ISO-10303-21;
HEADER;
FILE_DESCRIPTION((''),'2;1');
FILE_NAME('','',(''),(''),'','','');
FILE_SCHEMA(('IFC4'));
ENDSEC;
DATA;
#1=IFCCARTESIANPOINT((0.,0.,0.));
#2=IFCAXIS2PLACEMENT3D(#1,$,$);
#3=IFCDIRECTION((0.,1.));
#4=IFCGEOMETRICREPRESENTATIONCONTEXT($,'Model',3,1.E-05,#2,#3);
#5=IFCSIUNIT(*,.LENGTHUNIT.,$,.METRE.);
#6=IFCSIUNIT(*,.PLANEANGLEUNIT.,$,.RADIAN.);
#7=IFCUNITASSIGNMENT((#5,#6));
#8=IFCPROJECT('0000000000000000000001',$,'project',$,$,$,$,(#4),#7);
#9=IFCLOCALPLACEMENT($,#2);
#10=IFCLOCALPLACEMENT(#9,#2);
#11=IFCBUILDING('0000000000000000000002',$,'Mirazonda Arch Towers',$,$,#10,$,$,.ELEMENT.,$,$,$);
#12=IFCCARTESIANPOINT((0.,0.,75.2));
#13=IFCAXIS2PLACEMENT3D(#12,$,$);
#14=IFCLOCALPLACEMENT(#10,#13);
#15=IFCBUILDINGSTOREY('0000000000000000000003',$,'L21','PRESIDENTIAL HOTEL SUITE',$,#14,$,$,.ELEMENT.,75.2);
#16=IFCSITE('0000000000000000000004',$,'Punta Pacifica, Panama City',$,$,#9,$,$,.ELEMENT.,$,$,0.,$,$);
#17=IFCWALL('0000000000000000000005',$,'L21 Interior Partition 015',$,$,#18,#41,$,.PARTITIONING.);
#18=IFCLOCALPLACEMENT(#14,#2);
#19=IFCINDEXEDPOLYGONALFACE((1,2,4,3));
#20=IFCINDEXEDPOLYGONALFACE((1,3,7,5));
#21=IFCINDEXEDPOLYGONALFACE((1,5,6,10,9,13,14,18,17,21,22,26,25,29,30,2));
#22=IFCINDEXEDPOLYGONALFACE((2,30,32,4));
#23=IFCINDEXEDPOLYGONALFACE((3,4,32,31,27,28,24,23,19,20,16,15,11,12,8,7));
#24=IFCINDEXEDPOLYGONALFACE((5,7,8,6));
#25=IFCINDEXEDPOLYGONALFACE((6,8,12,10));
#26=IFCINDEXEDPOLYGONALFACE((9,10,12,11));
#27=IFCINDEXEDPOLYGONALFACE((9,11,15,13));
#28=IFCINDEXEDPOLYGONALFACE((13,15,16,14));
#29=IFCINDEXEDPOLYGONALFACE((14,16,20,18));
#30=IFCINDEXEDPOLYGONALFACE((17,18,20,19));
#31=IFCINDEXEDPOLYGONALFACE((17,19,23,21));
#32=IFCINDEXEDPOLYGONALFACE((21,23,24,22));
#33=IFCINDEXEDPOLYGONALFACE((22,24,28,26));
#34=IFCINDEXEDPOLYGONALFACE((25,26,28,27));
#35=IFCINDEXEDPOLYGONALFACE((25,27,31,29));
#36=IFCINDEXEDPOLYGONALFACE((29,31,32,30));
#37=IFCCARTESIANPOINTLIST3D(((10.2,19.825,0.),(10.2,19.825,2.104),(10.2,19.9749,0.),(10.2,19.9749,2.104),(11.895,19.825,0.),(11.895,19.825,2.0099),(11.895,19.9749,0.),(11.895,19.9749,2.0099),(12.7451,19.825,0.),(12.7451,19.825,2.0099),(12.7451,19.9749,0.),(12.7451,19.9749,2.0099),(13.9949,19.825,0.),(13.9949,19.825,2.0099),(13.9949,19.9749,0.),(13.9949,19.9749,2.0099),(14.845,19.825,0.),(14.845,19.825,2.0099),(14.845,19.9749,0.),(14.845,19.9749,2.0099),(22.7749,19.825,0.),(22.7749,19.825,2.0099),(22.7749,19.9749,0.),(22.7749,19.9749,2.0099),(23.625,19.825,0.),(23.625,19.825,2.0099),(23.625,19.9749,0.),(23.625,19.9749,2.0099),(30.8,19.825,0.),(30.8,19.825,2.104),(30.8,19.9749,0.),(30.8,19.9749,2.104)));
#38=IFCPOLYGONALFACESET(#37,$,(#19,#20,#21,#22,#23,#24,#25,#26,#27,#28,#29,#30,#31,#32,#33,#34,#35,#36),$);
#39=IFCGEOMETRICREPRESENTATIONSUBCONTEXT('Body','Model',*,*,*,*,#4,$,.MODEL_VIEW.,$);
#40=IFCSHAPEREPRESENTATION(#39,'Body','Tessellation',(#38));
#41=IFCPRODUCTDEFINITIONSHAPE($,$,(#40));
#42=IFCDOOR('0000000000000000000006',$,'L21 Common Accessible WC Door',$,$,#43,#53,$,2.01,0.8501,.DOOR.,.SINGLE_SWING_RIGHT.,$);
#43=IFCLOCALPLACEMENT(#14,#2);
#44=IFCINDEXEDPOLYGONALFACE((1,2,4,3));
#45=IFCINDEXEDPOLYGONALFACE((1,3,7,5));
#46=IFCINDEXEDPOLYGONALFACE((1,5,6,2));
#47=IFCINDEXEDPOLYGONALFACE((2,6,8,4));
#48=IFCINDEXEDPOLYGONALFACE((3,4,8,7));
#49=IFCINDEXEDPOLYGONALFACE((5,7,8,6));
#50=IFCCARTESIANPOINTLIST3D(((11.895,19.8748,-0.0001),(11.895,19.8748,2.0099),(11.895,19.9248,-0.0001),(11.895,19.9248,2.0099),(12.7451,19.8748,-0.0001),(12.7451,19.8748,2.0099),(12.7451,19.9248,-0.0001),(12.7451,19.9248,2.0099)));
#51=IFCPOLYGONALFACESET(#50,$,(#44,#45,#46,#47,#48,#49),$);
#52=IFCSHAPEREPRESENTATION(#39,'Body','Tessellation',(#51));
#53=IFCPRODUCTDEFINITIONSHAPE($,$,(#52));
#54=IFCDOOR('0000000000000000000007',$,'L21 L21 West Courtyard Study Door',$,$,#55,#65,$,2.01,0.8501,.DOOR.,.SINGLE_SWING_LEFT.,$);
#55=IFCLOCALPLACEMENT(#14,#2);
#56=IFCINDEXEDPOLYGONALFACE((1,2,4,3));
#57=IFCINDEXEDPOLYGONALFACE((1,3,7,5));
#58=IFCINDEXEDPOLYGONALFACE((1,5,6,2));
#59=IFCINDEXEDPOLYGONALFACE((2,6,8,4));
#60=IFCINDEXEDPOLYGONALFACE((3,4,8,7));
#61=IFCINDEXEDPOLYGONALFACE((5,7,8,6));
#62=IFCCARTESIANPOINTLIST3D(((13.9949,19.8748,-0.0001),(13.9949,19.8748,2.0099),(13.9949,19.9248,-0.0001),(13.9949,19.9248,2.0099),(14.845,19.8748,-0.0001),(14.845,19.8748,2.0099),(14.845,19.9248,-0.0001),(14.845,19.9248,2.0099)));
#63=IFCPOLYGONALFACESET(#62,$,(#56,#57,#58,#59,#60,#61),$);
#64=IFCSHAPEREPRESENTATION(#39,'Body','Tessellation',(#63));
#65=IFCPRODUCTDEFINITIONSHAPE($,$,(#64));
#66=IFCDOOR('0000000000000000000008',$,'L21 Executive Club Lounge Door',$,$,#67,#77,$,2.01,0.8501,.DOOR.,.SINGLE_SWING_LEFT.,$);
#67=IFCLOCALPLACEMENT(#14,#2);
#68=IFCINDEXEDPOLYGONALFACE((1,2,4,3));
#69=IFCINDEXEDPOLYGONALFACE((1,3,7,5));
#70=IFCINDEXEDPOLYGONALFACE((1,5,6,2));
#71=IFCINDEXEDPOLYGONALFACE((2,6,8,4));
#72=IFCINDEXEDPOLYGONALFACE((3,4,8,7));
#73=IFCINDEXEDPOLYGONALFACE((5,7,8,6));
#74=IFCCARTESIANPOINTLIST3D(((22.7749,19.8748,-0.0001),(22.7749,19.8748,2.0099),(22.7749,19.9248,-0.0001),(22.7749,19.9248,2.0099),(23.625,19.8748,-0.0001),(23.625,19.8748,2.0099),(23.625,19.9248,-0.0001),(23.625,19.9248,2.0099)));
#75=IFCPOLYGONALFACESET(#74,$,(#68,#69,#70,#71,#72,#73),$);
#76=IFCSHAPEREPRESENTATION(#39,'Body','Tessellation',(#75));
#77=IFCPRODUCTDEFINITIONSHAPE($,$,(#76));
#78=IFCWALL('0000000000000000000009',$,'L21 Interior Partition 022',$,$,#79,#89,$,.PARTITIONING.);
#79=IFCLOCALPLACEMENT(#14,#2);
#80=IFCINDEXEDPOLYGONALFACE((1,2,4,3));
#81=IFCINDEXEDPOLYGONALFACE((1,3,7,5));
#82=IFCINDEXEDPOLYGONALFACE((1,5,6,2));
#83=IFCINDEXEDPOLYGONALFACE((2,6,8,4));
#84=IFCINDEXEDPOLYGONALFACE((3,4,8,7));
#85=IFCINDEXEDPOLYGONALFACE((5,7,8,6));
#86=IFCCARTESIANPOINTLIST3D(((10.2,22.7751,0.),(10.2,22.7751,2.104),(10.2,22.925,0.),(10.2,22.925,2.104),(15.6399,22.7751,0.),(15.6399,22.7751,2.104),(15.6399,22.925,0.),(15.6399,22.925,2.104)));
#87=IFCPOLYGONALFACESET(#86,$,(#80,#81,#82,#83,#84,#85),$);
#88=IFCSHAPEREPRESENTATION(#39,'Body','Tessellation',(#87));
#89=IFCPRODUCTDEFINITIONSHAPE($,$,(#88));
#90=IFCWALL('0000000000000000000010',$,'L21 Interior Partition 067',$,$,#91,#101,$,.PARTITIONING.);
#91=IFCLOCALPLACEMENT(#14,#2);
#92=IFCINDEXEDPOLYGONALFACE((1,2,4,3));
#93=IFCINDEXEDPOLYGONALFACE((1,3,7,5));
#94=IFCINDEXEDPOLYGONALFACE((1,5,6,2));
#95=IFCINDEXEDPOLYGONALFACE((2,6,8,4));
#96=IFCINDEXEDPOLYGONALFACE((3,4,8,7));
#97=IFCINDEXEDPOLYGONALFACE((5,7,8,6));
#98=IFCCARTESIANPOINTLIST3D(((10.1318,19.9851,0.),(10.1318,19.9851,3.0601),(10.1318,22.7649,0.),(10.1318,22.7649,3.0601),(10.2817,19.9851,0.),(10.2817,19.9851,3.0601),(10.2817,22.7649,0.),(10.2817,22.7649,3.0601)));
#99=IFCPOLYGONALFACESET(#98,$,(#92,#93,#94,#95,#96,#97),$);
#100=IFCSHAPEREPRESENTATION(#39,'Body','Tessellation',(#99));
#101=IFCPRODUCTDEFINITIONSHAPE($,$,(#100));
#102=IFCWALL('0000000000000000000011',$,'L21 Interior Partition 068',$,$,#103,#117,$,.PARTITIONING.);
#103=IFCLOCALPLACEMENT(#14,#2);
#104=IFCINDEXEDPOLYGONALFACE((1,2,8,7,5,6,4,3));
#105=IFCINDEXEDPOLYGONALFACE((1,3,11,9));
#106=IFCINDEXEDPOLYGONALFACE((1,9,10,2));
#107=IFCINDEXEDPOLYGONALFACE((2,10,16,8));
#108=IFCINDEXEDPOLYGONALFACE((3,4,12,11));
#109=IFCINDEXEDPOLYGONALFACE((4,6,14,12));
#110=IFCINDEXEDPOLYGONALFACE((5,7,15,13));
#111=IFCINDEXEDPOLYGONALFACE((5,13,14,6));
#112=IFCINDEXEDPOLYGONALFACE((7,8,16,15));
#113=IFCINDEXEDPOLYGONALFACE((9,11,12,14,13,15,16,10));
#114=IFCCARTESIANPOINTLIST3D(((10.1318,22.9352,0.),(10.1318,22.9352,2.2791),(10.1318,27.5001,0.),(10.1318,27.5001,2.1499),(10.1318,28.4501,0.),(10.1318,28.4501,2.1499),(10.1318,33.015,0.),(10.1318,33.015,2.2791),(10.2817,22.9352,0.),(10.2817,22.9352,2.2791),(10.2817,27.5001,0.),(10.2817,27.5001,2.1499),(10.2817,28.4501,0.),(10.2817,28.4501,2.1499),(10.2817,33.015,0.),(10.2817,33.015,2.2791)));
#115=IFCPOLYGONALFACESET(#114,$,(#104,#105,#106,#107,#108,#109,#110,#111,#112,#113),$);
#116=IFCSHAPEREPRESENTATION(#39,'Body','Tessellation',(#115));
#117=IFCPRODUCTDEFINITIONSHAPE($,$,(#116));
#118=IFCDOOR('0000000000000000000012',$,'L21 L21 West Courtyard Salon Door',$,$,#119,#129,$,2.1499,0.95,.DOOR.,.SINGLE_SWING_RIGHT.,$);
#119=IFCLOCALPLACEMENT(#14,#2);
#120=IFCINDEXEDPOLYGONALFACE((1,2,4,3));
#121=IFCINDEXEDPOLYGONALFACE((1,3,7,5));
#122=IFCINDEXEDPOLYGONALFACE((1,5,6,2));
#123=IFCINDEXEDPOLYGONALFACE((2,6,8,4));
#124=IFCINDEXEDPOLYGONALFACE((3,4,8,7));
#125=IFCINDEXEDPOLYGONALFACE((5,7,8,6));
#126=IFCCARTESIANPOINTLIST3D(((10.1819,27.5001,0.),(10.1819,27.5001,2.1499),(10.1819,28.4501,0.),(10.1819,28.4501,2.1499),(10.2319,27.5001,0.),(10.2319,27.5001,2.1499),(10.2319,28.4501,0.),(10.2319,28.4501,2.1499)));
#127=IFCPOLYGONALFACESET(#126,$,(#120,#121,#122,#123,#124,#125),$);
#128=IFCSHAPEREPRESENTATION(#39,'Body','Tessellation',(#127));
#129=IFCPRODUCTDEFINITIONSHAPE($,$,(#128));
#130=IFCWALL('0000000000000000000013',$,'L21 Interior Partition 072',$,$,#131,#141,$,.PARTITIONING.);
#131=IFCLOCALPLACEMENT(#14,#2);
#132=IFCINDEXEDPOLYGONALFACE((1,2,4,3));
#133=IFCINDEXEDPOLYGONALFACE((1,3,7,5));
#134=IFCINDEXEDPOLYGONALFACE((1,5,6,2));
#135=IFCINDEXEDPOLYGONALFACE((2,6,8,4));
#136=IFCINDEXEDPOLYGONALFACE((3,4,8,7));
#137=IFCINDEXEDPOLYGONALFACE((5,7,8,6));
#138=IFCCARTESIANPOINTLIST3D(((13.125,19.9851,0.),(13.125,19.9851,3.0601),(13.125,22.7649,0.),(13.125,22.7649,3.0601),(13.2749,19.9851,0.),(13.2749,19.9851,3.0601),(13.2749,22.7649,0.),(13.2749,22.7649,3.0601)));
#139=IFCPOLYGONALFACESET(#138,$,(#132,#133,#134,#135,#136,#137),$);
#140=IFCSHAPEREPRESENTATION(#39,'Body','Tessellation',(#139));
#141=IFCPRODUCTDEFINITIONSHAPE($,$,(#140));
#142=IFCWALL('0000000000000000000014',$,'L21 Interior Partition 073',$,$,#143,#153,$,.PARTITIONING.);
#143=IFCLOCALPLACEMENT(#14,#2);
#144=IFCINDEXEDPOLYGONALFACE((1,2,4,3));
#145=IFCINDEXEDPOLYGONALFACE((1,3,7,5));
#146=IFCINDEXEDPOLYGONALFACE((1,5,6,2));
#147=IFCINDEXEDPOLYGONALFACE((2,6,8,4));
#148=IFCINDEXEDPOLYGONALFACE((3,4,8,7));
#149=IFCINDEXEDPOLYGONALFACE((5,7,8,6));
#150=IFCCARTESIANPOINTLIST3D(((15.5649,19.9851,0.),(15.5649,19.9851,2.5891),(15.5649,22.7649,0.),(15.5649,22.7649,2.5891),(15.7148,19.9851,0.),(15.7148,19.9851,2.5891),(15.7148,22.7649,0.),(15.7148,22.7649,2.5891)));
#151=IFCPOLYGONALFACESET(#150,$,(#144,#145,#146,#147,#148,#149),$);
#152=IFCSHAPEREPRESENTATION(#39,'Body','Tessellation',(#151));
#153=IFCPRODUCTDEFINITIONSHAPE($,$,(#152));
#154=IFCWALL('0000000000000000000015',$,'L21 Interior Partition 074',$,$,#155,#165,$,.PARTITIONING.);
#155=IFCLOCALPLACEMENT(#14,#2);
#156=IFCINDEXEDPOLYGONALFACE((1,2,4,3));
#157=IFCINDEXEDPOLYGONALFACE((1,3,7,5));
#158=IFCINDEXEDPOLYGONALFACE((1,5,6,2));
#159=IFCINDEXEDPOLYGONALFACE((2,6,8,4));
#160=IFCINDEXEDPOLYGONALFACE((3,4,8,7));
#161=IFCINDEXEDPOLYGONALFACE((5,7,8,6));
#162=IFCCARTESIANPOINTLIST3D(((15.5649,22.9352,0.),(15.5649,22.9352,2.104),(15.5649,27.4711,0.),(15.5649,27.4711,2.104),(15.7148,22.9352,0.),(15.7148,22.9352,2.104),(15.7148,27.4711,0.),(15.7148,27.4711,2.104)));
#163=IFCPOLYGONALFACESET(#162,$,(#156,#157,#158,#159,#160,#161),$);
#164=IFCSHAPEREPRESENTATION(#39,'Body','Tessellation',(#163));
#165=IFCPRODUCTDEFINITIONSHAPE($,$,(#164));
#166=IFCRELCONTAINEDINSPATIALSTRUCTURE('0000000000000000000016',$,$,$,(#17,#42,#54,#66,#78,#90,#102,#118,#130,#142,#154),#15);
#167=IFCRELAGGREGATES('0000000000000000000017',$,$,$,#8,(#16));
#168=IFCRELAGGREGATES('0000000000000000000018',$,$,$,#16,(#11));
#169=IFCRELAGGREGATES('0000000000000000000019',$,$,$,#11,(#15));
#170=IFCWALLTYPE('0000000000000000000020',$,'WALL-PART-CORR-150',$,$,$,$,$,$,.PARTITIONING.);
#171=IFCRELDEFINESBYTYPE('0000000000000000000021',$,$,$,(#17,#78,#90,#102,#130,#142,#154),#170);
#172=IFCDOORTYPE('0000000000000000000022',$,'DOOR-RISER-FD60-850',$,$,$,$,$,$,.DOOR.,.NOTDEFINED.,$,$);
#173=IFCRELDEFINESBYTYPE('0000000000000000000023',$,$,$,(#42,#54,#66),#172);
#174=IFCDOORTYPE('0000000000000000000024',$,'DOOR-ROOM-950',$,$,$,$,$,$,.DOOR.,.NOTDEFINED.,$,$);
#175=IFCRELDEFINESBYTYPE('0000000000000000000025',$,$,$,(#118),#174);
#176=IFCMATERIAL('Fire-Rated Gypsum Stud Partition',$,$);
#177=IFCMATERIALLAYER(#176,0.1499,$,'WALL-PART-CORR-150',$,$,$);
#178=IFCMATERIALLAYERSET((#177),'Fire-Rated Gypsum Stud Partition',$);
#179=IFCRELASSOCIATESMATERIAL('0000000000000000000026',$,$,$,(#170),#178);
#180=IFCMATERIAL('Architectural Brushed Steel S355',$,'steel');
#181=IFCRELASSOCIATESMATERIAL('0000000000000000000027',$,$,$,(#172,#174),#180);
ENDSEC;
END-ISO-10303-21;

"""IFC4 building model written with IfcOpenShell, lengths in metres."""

from ifc_helpers import new_model, si_unit, direction, frame, frame_2d, origin, place, context, subcontext, project, spatial, rectangle, extrude, material, layer, layer_set, type_object, element, fill, save


model = new_model("IFC4")

# Units and contexts
model_context = context("Model", 3, precision=1e-05, world=origin(), true_north=direction((0.0, 1.0)))
body_context = subcontext(model_context, "Body", "Model", "MODEL_VIEW")
ifc_project = project(units=[si_unit("LENGTHUNIT", "METRE"), si_unit("PLANEANGLEUNIT", "RADIAN")], contexts=[model_context])

# Site, building, storey
site_placement = place(None, origin())
site = spatial("IfcSite", under=ifc_project, at=site_placement, Name="Punta Pacifica, Panama City", CompositionType="ELEMENT", RefElevation=0.0)
building_placement = place(site_placement, origin())
building = spatial("IfcBuilding", under=site, at=building_placement, Name="Mirazonda Arch Towers", CompositionType="ELEMENT")
storey_placement = place(building_placement, frame((0.0, 0.0, 75.2)))
storey = spatial("IfcBuildingStorey", under=building, at=storey_placement, Name="L21", Description="PRESIDENTIAL HOTEL SUITE", CompositionType="ELEMENT", Elevation=75.2)

# Shared definitions
ifc_material_1 = material(Name="Architectural Brushed Steel S355", Category="steel")

# Wall, openings, doors
ifc_material_2 = material(Name="Fire-Rated Gypsum Stud Partition")
ifc_layer_1 = layer(ifc_material_2, 0.1499, Name="WALL-PART-CORR-150")
ifc_layer_set_1 = layer_set([ifc_layer_1], Name="Fire-Rated Gypsum Stud Partition")
wall_type_1 = type_object("IfcWallType", Name="WALL-PART-CORR-150", PredefinedType="PARTITIONING", material=ifc_layer_set_1)
wall_1_placement = place(storey_placement, frame((10.2, 19.8999, 0.0), z_axis=(0.0, 0.0, 1.0), x_axis=(1.0, 0.0, 0.0)))
wall_1 = element("IfcWall", 1, at=wall_1_placement, inside=storey, type_object=wall_type_1, Name="L21 Interior Partition 015", PredefinedType="PARTITIONING", context=body_context, shape_type="SweptSolid", body=[
    extrude(rectangle(XDim=20.6001, YDim=0.1499, at=frame_2d((10.3, 0.0))), origin(), (0.0, 0.0, 1.0), 2.104),
])
opening_1_placement = place(wall_1_placement, frame((1.6951, 0.0, 0.0)))
opening_1 = element("IfcOpeningElement", 2, at=opening_1_placement, cuts=wall_1, PredefinedType="OPENING", context=body_context, shape_type="SweptSolid", body=[
    extrude(rectangle(XDim=0.8501, YDim=2.01, at=frame_2d((0.425, 1.0049))), frame((0.0, 0.085, 0.0), z_axis=(0.0, -1.0, 0.0), x_axis=(1.0, 0.0, 0.0)), (0.0, 0.0, 1.0), 0.1699),
])
opening_2_placement = place(wall_1_placement, frame((3.7949, 0.0, 0.0)))
opening_2 = element("IfcOpeningElement", 3, at=opening_2_placement, cuts=wall_1, PredefinedType="OPENING", context=body_context, shape_type="SweptSolid", body=[
    extrude(rectangle(XDim=0.8501, YDim=2.01, at=frame_2d((0.425, 1.0049))), frame((0.0, 0.085, 0.0), z_axis=(0.0, -1.0, 0.0), x_axis=(1.0, 0.0, 0.0)), (0.0, 0.0, 1.0), 0.1699),
])
opening_3_placement = place(wall_1_placement, frame((12.575, 0.0, 0.0)))
opening_3 = element("IfcOpeningElement", 4, at=opening_3_placement, cuts=wall_1, PredefinedType="OPENING", context=body_context, shape_type="SweptSolid", body=[
    extrude(rectangle(XDim=0.8501, YDim=2.01, at=frame_2d((0.425, 1.0049))), frame((0.0, 0.085, 0.0), z_axis=(0.0, -1.0, 0.0), x_axis=(1.0, 0.0, 0.0)), (0.0, 0.0, 1.0), 0.1699),
])
door_type_1 = type_object("IfcDoorType", Name="DOOR-RISER-FD60-850", OperationType="NOTDEFINED", PredefinedType="DOOR", material=ifc_material_1)
door_1_placement = place(opening_1_placement, origin())
door_1 = element("IfcDoor", 5, at=door_1_placement, inside=storey, type_object=door_type_1, Name="L21 Common Accessible WC Door", OperationType="SINGLE_SWING_RIGHT", OverallHeight=2.01, OverallWidth=0.8501, PredefinedType="DOOR", context=body_context, shape_type="SweptSolid", body=[
    extrude(rectangle(XDim=0.8501, YDim=2.01, at=frame_2d((0.425, 1.0049))), frame((0.0, 0.0249, 0.0), z_axis=(0.0, -1.0, 0.0), x_axis=(1.0, 0.0, 0.0)), (0.0, 0.0, 1.0), 0.05),
])
fill(opening_1, door_1)
door_2_placement = place(opening_2_placement, origin())
door_2 = element("IfcDoor", 6, at=door_2_placement, inside=storey, type_object=door_type_1, Name="L21 L21 West Courtyard Study Door", OperationType="SINGLE_SWING_LEFT", OverallHeight=2.01, OverallWidth=0.8501, PredefinedType="DOOR", context=body_context, shape_type="SweptSolid", body=[
    extrude(rectangle(XDim=0.8501, YDim=2.01, at=frame_2d((0.425, 1.0049))), frame((0.0, 0.0249, 0.0), z_axis=(0.0, -1.0, 0.0), x_axis=(1.0, 0.0, 0.0)), (0.0, 0.0, 1.0), 0.05),
])
fill(opening_2, door_2)
door_3_placement = place(opening_3_placement, origin())
door_3 = element("IfcDoor", 7, at=door_3_placement, inside=storey, type_object=door_type_1, Name="L21 Executive Club Lounge Door", OperationType="SINGLE_SWING_LEFT", OverallHeight=2.01, OverallWidth=0.8501, PredefinedType="DOOR", context=body_context, shape_type="SweptSolid", body=[
    extrude(rectangle(XDim=0.8501, YDim=2.01, at=frame_2d((0.425, 1.0049))), frame((0.0, 0.0249, 0.0), z_axis=(0.0, -1.0, 0.0), x_axis=(1.0, 0.0, 0.0)), (0.0, 0.0, 1.0), 0.05),
])
fill(opening_3, door_3)

# Walls
wall_2_placement = place(storey_placement, frame((10.2, 22.8501, 0.0), z_axis=(0.0, 0.0, 1.0), x_axis=(1.0, 0.0, 0.0)))
element("IfcWall", 8, at=wall_2_placement, inside=storey, type_object=wall_type_1, Name="L21 Interior Partition 022", PredefinedType="PARTITIONING", context=body_context, shape_type="SweptSolid", body=[
    extrude(rectangle(XDim=5.4399, YDim=0.1499, at=frame_2d((2.72, 0.0))), origin(), (0.0, 0.0, 1.0), 2.104),
])
wall_3_placement = place(storey_placement, frame((10.2068, 19.9851, 0.0), z_axis=(0.0, 0.0, 1.0), x_axis=(0.0, 1.0, 0.0)))
element("IfcWall", 9, at=wall_3_placement, inside=storey, type_object=wall_type_1, Name="L21 Interior Partition 067", PredefinedType="PARTITIONING", context=body_context, shape_type="SweptSolid", body=[
    extrude(rectangle(XDim=2.7798, YDim=0.1499, at=frame_2d((1.3899, 0.0))), origin(), (0.0, 0.0, 1.0), 3.0601),
])

# Wall, opening, door
wall_4_placement = place(storey_placement, frame((10.2068, 22.9351, 0.0), z_axis=(0.0, 0.0, 1.0), x_axis=(0.0, 1.0, 0.0)))
wall_4 = element("IfcWall", 10, at=wall_4_placement, inside=storey, type_object=wall_type_1, Name="L21 Interior Partition 068", PredefinedType="PARTITIONING", context=body_context, shape_type="SweptSolid", body=[
    extrude(rectangle(XDim=10.0798, YDim=0.1499, at=frame_2d((5.04, 0.0))), origin(), (0.0, 0.0, 1.0), 2.2791),
])
opening_4_placement = place(wall_4_placement, frame((4.5649, 0.0, 0.0)))
opening_4 = element("IfcOpeningElement", 11, at=opening_4_placement, cuts=wall_4, PredefinedType="OPENING", context=body_context, shape_type="SweptSolid", body=[
    extrude(rectangle(XDim=0.95, YDim=2.1499, at=frame_2d((0.4751, 1.075))), frame((0.0, 0.085, 0.0), z_axis=(0.0, -1.0, 0.0), x_axis=(1.0, 0.0, 0.0)), (0.0, 0.0, 1.0), 0.1699),
])
door_type_2 = type_object("IfcDoorType", Name="DOOR-ROOM-950", OperationType="NOTDEFINED", PredefinedType="DOOR", material=ifc_material_1)
door_4_placement = place(opening_4_placement, origin())
door_4 = element("IfcDoor", 12, at=door_4_placement, inside=storey, type_object=door_type_2, Name="L21 L21 West Courtyard Salon Door", OperationType="SINGLE_SWING_RIGHT", OverallHeight=2.1499, OverallWidth=0.95, PredefinedType="DOOR", context=body_context, shape_type="SweptSolid", body=[
    extrude(rectangle(XDim=0.95, YDim=2.1499, at=frame_2d((0.4751, 1.075))), frame((0.0, 0.0249, 0.0), z_axis=(0.0, -1.0, 0.0), x_axis=(1.0, 0.0, 0.0)), (0.0, 0.0, 1.0), 0.05),
])
fill(opening_4, door_4)

# Walls
wall_5_placement = place(storey_placement, frame((13.2, 19.9851, 0.0), z_axis=(0.0, 0.0, 1.0), x_axis=(0.0, 1.0, 0.0)))
element("IfcWall", 13, at=wall_5_placement, inside=storey, type_object=wall_type_1, Name="L21 Interior Partition 072", PredefinedType="PARTITIONING", context=body_context, shape_type="SweptSolid", body=[
    extrude(rectangle(XDim=2.7798, YDim=0.1499, at=frame_2d((1.3899, 0.0))), origin(), (0.0, 0.0, 1.0), 3.0601),
])
wall_6_placement = place(storey_placement, frame((15.6399, 19.9851, 0.0), z_axis=(0.0, 0.0, 1.0), x_axis=(0.0, 1.0, 0.0)))
element("IfcWall", 14, at=wall_6_placement, inside=storey, type_object=wall_type_1, Name="L21 Interior Partition 073", PredefinedType="PARTITIONING", context=body_context, shape_type="SweptSolid", body=[
    extrude(rectangle(XDim=2.7798, YDim=0.1499, at=frame_2d((1.3899, 0.0))), origin(), (0.0, 0.0, 1.0), 2.5891),
])
wall_7_placement = place(storey_placement, frame((15.6399, 22.9351, 0.0), z_axis=(0.0, 0.0, 1.0), x_axis=(0.0, 1.0, 0.0)))
element("IfcWall", 15, at=wall_7_placement, inside=storey, type_object=wall_type_1, Name="L21 Interior Partition 074", PredefinedType="PARTITIONING", context=body_context, shape_type="SweptSolid", body=[
    extrude(rectangle(XDim=4.5359, YDim=0.1499, at=frame_2d((2.2681, 0.0))), origin(), (0.0, 0.0, 1.0), 2.104),
])

save(model, "model.ifc")
